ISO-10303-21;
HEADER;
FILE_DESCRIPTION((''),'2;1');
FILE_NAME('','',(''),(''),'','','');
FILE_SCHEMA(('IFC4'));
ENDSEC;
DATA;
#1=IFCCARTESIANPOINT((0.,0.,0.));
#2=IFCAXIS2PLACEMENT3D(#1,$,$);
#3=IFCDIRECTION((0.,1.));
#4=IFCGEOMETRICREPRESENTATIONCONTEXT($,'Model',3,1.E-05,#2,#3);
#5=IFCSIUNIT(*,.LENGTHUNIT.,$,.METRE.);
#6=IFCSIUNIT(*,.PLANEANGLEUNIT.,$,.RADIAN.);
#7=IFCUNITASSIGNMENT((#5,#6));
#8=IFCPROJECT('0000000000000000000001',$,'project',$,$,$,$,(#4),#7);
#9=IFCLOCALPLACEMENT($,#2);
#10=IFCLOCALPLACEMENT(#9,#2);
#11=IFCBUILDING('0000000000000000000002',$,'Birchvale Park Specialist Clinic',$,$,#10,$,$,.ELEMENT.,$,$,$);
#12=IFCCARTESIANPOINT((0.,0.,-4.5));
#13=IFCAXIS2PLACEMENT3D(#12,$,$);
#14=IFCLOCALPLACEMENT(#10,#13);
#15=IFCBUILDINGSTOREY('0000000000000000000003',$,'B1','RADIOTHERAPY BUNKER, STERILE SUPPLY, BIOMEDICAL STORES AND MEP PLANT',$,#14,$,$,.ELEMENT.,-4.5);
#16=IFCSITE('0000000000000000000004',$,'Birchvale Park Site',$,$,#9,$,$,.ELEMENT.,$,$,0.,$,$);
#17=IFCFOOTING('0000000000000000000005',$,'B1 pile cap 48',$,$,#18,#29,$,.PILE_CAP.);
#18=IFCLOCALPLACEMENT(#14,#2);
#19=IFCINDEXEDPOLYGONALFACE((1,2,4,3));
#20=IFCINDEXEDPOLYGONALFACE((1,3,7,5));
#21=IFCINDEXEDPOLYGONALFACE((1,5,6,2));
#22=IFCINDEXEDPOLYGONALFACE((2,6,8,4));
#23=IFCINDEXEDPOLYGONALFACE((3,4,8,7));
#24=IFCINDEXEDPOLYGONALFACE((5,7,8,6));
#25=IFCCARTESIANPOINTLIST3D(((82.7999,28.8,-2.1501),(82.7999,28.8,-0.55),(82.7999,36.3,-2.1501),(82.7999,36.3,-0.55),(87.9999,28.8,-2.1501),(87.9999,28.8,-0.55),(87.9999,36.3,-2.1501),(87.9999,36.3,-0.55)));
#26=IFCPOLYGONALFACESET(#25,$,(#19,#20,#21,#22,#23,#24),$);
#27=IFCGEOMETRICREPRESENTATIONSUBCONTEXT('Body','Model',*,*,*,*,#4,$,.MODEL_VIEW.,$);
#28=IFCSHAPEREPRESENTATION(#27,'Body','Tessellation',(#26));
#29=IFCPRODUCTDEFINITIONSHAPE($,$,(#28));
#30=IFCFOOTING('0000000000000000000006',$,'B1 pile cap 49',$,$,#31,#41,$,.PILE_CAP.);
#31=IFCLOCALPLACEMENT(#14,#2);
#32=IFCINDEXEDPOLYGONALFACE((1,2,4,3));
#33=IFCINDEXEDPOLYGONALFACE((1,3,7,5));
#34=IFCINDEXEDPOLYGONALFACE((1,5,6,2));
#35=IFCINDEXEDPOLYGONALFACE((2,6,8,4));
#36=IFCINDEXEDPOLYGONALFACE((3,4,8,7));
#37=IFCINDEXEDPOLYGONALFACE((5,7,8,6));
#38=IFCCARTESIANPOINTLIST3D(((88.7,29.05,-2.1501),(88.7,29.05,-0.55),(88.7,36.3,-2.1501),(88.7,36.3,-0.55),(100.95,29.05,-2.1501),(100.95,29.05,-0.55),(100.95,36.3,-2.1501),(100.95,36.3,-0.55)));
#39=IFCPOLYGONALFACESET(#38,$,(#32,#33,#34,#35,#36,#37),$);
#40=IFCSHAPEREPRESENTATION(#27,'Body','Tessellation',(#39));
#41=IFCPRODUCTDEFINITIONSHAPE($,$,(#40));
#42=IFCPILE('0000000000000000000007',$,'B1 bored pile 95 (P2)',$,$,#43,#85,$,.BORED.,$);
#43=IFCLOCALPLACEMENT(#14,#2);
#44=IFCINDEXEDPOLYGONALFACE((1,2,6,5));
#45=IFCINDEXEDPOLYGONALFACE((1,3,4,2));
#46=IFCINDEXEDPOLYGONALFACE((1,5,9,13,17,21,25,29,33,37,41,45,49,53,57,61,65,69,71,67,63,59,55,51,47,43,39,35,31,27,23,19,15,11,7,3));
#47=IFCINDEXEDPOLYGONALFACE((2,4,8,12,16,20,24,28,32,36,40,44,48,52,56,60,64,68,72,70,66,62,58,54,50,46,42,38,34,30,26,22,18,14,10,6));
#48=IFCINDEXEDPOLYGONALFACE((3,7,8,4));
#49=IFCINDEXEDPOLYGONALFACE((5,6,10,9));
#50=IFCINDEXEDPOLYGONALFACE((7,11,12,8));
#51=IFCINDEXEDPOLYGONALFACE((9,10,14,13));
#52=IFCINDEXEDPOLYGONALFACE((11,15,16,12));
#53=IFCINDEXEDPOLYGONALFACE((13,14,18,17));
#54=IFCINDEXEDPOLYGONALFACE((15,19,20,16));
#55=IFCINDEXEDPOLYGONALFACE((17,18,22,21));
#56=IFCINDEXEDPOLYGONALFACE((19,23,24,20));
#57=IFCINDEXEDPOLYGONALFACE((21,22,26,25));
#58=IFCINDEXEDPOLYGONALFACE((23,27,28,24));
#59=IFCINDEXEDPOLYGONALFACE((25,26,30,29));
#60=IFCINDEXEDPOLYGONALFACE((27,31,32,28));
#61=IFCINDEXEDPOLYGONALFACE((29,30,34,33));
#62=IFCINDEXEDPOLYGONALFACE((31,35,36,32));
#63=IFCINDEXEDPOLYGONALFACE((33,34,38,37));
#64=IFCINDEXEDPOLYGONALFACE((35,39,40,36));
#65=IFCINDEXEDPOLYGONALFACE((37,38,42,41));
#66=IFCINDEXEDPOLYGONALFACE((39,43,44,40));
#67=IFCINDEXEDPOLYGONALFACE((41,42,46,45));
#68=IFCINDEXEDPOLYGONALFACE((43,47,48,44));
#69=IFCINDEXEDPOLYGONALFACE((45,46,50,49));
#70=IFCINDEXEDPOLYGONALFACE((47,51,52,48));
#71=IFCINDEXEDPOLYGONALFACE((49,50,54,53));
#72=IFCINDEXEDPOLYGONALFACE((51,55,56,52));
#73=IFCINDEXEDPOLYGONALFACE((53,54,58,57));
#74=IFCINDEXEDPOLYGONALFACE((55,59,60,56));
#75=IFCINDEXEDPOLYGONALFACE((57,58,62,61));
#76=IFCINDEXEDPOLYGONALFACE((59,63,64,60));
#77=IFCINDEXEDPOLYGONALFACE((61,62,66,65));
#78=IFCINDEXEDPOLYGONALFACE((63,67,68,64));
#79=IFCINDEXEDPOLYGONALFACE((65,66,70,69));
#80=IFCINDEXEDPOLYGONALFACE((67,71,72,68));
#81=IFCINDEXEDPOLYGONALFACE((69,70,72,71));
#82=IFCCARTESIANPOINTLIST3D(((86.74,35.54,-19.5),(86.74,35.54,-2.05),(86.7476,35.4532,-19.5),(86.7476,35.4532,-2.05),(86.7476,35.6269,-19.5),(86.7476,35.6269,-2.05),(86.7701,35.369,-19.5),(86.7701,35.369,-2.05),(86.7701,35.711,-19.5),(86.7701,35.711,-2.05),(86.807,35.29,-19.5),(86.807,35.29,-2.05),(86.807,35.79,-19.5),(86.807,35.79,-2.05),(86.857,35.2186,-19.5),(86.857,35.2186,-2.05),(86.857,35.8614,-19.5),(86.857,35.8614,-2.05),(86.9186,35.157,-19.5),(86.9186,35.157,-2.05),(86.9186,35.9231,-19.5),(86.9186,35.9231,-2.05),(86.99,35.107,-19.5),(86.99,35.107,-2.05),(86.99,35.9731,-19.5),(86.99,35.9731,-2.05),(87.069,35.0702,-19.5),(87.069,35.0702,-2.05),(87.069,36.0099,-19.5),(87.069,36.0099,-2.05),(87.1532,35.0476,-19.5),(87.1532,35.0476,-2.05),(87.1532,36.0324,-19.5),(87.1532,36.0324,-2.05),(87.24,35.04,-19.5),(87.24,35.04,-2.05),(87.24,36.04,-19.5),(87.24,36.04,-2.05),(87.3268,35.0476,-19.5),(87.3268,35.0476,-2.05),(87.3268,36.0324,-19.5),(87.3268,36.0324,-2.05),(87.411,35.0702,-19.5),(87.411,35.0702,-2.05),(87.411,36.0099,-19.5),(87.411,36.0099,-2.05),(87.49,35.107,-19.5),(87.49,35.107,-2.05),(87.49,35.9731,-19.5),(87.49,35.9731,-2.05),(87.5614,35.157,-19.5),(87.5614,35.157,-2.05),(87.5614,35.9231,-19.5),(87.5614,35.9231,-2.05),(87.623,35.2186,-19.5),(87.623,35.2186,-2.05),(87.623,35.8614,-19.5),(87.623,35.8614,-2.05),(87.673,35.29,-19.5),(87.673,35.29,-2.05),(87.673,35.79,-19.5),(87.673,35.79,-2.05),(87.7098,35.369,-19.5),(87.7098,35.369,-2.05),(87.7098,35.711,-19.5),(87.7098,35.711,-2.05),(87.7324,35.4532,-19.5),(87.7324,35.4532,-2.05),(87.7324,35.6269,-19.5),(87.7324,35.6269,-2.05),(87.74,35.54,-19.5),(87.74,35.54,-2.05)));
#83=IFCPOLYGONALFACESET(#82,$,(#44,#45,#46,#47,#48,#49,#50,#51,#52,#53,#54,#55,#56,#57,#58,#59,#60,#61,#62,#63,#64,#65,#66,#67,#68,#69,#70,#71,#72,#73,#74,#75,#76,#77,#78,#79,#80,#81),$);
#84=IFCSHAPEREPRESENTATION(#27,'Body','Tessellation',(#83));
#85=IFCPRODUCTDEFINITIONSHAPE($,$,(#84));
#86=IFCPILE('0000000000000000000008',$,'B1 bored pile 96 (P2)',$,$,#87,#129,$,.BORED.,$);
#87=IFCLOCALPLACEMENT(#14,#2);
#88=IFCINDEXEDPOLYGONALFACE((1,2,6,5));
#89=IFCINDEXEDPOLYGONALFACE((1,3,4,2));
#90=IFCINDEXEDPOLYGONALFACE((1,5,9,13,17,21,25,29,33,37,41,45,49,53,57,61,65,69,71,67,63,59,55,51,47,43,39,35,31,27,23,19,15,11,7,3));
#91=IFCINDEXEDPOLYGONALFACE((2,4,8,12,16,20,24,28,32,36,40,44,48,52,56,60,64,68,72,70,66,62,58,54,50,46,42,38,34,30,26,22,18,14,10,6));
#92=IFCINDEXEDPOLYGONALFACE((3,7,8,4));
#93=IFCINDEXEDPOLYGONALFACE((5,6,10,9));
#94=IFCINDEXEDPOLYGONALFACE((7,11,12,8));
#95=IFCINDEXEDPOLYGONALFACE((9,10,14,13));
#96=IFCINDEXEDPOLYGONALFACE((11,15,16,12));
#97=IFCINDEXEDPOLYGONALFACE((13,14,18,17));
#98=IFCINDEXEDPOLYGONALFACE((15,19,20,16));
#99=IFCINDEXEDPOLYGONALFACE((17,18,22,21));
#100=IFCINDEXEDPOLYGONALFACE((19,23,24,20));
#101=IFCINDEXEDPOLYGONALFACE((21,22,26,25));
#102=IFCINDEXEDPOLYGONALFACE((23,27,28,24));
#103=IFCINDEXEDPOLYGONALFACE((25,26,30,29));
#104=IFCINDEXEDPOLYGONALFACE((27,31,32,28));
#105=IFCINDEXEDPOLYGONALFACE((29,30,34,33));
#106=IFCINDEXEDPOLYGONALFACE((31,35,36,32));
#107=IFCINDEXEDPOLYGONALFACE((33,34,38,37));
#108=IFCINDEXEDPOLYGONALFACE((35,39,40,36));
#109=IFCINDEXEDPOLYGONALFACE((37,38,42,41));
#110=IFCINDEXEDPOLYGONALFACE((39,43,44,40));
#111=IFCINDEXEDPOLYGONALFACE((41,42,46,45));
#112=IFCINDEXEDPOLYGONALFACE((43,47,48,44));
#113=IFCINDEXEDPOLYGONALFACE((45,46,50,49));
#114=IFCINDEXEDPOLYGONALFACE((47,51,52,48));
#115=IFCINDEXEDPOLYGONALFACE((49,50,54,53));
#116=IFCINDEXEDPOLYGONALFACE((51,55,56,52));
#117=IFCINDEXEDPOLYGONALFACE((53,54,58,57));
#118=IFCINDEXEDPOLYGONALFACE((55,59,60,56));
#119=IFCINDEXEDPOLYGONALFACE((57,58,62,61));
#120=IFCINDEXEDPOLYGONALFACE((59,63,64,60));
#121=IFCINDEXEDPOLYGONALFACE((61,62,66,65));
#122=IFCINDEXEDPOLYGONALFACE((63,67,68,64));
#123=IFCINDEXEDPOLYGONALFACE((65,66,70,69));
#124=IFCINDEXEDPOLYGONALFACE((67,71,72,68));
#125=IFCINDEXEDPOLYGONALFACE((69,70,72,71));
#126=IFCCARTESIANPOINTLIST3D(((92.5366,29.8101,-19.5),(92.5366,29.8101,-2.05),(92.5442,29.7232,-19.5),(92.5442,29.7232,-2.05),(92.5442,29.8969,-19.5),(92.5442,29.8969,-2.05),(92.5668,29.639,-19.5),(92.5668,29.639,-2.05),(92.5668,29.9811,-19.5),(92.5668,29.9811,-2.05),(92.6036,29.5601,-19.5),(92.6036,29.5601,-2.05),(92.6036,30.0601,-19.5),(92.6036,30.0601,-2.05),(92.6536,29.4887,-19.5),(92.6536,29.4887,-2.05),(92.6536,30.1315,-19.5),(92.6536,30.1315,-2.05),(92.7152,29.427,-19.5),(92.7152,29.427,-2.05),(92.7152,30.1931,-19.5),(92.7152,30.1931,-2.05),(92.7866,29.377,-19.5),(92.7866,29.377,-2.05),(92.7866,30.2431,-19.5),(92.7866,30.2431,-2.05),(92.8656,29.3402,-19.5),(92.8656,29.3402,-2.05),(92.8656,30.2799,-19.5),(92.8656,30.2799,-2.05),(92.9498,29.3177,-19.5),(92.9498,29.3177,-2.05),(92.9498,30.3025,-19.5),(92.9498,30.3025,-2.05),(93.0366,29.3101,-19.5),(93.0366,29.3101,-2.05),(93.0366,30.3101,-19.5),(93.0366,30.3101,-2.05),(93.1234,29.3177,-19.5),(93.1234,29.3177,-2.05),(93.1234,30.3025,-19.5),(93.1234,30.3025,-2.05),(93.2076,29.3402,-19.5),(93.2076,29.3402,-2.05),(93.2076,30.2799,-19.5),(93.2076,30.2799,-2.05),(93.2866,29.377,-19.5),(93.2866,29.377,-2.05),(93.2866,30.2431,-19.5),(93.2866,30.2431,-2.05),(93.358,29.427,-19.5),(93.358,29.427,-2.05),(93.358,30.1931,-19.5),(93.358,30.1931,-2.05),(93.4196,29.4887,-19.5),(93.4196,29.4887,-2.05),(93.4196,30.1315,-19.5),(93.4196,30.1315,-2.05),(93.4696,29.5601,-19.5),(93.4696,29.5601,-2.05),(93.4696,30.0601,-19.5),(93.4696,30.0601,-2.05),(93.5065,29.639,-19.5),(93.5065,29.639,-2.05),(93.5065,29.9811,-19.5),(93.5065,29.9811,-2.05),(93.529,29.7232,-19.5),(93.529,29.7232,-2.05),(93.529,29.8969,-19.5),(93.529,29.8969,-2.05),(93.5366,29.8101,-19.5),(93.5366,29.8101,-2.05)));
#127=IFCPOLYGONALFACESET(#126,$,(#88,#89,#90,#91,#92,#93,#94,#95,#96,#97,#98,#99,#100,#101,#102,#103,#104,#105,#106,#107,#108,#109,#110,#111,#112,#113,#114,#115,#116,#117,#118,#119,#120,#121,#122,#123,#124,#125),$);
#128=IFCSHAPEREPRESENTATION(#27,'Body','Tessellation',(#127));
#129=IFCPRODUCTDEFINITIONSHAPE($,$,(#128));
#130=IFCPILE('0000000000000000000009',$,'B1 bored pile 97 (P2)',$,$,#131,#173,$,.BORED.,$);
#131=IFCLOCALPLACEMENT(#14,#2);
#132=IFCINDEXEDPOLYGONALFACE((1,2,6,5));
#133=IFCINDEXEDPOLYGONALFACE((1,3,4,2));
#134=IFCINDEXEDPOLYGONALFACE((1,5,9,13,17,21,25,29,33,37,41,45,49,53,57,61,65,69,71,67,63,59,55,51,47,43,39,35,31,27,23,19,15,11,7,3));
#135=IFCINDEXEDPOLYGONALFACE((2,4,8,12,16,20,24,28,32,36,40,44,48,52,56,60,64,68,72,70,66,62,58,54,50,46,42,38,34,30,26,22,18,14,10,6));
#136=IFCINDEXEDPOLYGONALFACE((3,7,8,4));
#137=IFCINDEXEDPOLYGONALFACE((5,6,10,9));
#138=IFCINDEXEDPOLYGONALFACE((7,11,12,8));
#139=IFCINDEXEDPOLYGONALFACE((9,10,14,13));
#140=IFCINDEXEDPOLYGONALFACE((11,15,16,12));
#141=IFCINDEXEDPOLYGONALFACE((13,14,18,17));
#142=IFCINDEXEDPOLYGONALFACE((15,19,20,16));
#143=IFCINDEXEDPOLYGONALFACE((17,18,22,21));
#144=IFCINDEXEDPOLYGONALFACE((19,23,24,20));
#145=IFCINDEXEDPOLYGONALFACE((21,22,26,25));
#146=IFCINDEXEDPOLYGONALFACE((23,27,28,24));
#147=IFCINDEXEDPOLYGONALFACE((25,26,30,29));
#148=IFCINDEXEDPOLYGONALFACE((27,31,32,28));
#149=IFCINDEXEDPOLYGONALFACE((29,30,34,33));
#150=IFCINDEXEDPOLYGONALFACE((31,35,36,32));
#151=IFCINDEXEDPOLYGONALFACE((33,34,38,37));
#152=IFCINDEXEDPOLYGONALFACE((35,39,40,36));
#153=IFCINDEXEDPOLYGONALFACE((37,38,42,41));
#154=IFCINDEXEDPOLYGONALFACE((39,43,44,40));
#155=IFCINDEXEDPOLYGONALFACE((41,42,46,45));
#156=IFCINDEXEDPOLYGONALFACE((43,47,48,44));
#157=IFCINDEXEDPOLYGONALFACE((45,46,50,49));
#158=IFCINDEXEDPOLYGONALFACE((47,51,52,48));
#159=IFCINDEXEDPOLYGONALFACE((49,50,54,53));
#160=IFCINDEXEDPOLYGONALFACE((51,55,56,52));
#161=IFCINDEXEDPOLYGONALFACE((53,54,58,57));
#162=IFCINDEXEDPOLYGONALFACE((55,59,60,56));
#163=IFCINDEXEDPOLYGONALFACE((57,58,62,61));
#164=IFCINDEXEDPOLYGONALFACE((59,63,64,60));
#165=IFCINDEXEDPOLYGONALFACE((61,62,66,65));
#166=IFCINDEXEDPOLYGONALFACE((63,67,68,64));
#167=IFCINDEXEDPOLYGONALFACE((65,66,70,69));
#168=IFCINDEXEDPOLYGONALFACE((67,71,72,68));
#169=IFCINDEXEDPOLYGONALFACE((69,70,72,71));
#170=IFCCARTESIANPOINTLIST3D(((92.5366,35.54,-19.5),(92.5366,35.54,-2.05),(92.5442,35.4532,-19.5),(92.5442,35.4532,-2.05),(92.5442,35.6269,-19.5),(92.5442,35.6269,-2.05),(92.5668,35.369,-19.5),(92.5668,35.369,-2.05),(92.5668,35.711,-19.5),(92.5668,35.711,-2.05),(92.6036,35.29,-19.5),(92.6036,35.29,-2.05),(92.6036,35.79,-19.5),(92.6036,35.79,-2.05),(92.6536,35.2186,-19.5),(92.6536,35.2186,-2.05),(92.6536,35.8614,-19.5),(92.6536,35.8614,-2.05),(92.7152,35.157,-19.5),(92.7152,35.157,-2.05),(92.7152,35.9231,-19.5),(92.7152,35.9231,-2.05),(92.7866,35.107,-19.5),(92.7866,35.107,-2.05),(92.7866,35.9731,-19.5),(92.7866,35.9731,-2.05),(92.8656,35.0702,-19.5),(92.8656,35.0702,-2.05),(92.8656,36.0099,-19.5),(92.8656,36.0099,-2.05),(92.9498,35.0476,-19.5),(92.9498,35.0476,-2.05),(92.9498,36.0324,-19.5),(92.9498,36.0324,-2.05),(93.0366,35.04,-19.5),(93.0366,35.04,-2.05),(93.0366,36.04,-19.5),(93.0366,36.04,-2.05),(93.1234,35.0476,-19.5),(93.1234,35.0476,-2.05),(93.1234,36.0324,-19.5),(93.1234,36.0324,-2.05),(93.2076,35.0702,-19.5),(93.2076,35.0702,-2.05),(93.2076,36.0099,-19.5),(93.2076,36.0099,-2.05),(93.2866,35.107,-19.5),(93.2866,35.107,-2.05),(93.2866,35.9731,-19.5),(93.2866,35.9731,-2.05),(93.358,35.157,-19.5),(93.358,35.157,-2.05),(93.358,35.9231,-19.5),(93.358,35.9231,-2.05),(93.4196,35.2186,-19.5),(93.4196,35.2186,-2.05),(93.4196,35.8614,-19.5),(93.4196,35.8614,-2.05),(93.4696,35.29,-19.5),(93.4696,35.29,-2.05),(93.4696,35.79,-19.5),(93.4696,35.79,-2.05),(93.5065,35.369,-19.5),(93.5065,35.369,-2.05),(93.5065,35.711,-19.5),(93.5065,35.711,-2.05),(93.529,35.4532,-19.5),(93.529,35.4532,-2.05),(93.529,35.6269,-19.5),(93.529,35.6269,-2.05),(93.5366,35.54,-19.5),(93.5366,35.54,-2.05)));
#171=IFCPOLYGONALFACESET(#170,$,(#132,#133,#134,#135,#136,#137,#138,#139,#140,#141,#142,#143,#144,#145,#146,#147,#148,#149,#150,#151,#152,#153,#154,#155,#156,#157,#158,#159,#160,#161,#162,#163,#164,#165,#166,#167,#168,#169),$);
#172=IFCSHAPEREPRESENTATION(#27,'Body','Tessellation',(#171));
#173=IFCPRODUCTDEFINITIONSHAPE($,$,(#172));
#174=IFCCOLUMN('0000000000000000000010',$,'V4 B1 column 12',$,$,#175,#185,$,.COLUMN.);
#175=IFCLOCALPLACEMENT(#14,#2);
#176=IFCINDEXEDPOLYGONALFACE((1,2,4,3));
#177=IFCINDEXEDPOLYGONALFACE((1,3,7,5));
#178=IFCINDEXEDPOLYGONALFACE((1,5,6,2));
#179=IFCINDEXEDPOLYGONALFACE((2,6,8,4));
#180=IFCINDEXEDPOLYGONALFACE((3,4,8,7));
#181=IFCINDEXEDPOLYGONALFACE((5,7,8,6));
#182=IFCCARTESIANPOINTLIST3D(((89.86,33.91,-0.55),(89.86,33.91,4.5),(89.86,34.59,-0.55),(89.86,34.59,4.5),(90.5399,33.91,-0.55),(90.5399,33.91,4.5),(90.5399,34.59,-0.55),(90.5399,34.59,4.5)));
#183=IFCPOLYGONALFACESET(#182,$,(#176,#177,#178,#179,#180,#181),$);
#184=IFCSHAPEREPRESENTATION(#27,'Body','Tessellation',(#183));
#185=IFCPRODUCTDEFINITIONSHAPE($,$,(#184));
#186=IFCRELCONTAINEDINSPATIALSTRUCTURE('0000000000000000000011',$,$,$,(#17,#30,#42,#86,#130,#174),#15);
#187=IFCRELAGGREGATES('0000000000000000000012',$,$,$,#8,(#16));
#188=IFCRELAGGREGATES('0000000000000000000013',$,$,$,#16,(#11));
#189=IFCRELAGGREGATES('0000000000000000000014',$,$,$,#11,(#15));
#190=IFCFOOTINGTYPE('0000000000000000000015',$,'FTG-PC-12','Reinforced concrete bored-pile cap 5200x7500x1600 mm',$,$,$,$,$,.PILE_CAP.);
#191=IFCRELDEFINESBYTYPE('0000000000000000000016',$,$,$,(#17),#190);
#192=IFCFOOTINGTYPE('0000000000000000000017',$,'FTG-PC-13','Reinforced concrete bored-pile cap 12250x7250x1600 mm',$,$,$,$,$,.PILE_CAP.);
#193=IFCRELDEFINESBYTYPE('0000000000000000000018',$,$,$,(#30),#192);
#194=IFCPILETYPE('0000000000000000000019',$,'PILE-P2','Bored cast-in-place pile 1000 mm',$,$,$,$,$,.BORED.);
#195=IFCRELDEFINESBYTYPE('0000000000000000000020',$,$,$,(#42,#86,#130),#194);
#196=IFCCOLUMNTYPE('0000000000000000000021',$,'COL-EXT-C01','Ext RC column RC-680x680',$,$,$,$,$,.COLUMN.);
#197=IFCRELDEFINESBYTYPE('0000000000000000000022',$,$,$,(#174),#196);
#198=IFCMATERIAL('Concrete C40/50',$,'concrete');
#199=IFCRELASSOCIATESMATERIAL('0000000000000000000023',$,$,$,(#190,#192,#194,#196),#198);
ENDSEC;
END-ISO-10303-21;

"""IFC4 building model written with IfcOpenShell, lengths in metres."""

from ifc_helpers import new_model, si_unit, direction, frame, origin, origin_2d, place, context, subcontext, project, spatial, rectangle, circle, extrude, material, material_profile, profile_set, type_object, element, save


model = new_model("IFC4")

# Units and contexts
model_context = context("Model", 3, precision=1e-05, world=origin(), true_north=direction((0.0, 1.0)))
body_context = subcontext(model_context, "Body", "Model", "MODEL_VIEW")
ifc_project = project(units=[si_unit("LENGTHUNIT", "METRE"), si_unit("PLANEANGLEUNIT", "RADIAN")], contexts=[model_context])

# Site, building, storey
site_placement = place(None, origin())
site = spatial("IfcSite", under=ifc_project, at=site_placement, Name="Birchvale Park Site", CompositionType="ELEMENT", RefElevation=0.0)
building_placement = place(site_placement, origin())
building = spatial("IfcBuilding", under=site, at=building_placement, Name="Birchvale Park Specialist Clinic", CompositionType="ELEMENT")
storey_placement = place(building_placement, frame((0.0, 0.0, -4.5)))
storey = spatial("IfcBuildingStorey", under=building, at=storey_placement, Name="B1", Description="RADIOTHERAPY BUNKER, STERILE SUPPLY, BIOMEDICAL STORES AND MEP PLANT", CompositionType="ELEMENT", Elevation=-4.5)

# Footings
ifc_material_1 = material(Name="Concrete C40/50", Category="concrete")
footing_type_1 = type_object("IfcFootingType", Name="FTG-PC-12", Description="Reinforced concrete bored-pile cap 5200x7500x1600 mm", PredefinedType="PILE_CAP", material=ifc_material_1)
footing_1_placement = place(storey_placement, frame((85.3999, 32.55, -2.1501), z_axis=(0.0, 0.0, 1.0), x_axis=(1.0, 0.0, 0.0)))
element("IfcFooting", 1, at=footing_1_placement, inside=storey, type_object=footing_type_1, Name="B1 pile cap 48", PredefinedType="PILE_CAP", context=body_context, shape_type="SweptSolid", body=[
    extrude(rectangle(XDim=5.2, YDim=7.5, at=origin_2d()), origin(), (0.0, 0.0, 1.0), 1.6001),
])
footing_type_2 = type_object("IfcFootingType", Name="FTG-PC-13", Description="Reinforced concrete bored-pile cap 12250x7250x1600 mm", PredefinedType="PILE_CAP", material=ifc_material_1)
footing_2_placement = place(storey_placement, frame((94.825, 32.675, -2.1501), z_axis=(0.0, 0.0, 1.0), x_axis=(1.0, 0.0, 0.0)))
element("IfcFooting", 2, at=footing_2_placement, inside=storey, type_object=footing_type_2, Name="B1 pile cap 49", PredefinedType="PILE_CAP", context=body_context, shape_type="SweptSolid", body=[
    extrude(rectangle(XDim=12.25, YDim=7.25, at=origin_2d()), origin(), (0.0, 0.0, 1.0), 1.6001),
])

# Piles
ifc_material_profile_1 = material_profile(ifc_material_1, circle(Radius=0.5, at=origin_2d()), Name="PILE-1000")
ifc_profile_set_1 = profile_set([ifc_material_profile_1], Name="Concrete C40/50")
pile_type = type_object("IfcPileType", Name="PILE-P2", Description="Bored cast-in-place pile 1000 mm", PredefinedType="BORED", material=ifc_profile_set_1)
for number, where, z_axis, x_axis, name in (
    (3, (87.24, 35.54, -2.05), (0.0, 0.0, -1.0), (1.0, 0.0, 0.0), "B1 bored pile 95 (P2)"),
    (4, (93.0366, 29.8101, -2.05), (0.0, 0.0, -1.0), (1.0, 0.0, 0.0), "B1 bored pile 96 (P2)"),
    (5, (93.0366, 35.54, -2.05), (0.0, 0.0, -1.0), (1.0, 0.0, 0.0), "B1 bored pile 97 (P2)"),
):
    element("IfcPile", number, at=place(storey_placement, frame(where, z_axis=z_axis, x_axis=x_axis)), inside=storey, type_object=pile_type, Name=name, PredefinedType="BORED", context=body_context, shape_type="SweptSolid", body=[
        extrude(circle(Radius=0.5, at=origin_2d()), origin(), (0.0, 0.0, 1.0), 17.45),
    ])

# Column
ifc_material_profile_2 = material_profile(ifc_material_1, rectangle(XDim=0.6799, YDim=0.6799, at=origin_2d()), Name="RC-680x680")
ifc_profile_set_2 = profile_set([ifc_material_profile_2], Name="Concrete C40/50")
column_type_1 = type_object("IfcColumnType", Name="COL-EXT-C01", Description="Ext RC column RC-680x680", PredefinedType="COLUMN", material=ifc_profile_set_2)
column_placement = place(storey_placement, frame((90.2, 34.25, -0.55), z_axis=(0.0, 0.0, 1.0), x_axis=(1.0, 0.0, 0.0)))
element("IfcColumn", 6, at=column_placement, inside=storey, type_object=column_type_1, Name="V4 B1 column 12", PredefinedType="COLUMN", context=body_context, shape_type="SweptSolid", body=[
    extrude(rectangle(XDim=0.6799, YDim=0.6799, at=origin_2d()), origin(), (0.0, 0.0, 1.0), 5.05),
])

save(model, "model.ifc")
